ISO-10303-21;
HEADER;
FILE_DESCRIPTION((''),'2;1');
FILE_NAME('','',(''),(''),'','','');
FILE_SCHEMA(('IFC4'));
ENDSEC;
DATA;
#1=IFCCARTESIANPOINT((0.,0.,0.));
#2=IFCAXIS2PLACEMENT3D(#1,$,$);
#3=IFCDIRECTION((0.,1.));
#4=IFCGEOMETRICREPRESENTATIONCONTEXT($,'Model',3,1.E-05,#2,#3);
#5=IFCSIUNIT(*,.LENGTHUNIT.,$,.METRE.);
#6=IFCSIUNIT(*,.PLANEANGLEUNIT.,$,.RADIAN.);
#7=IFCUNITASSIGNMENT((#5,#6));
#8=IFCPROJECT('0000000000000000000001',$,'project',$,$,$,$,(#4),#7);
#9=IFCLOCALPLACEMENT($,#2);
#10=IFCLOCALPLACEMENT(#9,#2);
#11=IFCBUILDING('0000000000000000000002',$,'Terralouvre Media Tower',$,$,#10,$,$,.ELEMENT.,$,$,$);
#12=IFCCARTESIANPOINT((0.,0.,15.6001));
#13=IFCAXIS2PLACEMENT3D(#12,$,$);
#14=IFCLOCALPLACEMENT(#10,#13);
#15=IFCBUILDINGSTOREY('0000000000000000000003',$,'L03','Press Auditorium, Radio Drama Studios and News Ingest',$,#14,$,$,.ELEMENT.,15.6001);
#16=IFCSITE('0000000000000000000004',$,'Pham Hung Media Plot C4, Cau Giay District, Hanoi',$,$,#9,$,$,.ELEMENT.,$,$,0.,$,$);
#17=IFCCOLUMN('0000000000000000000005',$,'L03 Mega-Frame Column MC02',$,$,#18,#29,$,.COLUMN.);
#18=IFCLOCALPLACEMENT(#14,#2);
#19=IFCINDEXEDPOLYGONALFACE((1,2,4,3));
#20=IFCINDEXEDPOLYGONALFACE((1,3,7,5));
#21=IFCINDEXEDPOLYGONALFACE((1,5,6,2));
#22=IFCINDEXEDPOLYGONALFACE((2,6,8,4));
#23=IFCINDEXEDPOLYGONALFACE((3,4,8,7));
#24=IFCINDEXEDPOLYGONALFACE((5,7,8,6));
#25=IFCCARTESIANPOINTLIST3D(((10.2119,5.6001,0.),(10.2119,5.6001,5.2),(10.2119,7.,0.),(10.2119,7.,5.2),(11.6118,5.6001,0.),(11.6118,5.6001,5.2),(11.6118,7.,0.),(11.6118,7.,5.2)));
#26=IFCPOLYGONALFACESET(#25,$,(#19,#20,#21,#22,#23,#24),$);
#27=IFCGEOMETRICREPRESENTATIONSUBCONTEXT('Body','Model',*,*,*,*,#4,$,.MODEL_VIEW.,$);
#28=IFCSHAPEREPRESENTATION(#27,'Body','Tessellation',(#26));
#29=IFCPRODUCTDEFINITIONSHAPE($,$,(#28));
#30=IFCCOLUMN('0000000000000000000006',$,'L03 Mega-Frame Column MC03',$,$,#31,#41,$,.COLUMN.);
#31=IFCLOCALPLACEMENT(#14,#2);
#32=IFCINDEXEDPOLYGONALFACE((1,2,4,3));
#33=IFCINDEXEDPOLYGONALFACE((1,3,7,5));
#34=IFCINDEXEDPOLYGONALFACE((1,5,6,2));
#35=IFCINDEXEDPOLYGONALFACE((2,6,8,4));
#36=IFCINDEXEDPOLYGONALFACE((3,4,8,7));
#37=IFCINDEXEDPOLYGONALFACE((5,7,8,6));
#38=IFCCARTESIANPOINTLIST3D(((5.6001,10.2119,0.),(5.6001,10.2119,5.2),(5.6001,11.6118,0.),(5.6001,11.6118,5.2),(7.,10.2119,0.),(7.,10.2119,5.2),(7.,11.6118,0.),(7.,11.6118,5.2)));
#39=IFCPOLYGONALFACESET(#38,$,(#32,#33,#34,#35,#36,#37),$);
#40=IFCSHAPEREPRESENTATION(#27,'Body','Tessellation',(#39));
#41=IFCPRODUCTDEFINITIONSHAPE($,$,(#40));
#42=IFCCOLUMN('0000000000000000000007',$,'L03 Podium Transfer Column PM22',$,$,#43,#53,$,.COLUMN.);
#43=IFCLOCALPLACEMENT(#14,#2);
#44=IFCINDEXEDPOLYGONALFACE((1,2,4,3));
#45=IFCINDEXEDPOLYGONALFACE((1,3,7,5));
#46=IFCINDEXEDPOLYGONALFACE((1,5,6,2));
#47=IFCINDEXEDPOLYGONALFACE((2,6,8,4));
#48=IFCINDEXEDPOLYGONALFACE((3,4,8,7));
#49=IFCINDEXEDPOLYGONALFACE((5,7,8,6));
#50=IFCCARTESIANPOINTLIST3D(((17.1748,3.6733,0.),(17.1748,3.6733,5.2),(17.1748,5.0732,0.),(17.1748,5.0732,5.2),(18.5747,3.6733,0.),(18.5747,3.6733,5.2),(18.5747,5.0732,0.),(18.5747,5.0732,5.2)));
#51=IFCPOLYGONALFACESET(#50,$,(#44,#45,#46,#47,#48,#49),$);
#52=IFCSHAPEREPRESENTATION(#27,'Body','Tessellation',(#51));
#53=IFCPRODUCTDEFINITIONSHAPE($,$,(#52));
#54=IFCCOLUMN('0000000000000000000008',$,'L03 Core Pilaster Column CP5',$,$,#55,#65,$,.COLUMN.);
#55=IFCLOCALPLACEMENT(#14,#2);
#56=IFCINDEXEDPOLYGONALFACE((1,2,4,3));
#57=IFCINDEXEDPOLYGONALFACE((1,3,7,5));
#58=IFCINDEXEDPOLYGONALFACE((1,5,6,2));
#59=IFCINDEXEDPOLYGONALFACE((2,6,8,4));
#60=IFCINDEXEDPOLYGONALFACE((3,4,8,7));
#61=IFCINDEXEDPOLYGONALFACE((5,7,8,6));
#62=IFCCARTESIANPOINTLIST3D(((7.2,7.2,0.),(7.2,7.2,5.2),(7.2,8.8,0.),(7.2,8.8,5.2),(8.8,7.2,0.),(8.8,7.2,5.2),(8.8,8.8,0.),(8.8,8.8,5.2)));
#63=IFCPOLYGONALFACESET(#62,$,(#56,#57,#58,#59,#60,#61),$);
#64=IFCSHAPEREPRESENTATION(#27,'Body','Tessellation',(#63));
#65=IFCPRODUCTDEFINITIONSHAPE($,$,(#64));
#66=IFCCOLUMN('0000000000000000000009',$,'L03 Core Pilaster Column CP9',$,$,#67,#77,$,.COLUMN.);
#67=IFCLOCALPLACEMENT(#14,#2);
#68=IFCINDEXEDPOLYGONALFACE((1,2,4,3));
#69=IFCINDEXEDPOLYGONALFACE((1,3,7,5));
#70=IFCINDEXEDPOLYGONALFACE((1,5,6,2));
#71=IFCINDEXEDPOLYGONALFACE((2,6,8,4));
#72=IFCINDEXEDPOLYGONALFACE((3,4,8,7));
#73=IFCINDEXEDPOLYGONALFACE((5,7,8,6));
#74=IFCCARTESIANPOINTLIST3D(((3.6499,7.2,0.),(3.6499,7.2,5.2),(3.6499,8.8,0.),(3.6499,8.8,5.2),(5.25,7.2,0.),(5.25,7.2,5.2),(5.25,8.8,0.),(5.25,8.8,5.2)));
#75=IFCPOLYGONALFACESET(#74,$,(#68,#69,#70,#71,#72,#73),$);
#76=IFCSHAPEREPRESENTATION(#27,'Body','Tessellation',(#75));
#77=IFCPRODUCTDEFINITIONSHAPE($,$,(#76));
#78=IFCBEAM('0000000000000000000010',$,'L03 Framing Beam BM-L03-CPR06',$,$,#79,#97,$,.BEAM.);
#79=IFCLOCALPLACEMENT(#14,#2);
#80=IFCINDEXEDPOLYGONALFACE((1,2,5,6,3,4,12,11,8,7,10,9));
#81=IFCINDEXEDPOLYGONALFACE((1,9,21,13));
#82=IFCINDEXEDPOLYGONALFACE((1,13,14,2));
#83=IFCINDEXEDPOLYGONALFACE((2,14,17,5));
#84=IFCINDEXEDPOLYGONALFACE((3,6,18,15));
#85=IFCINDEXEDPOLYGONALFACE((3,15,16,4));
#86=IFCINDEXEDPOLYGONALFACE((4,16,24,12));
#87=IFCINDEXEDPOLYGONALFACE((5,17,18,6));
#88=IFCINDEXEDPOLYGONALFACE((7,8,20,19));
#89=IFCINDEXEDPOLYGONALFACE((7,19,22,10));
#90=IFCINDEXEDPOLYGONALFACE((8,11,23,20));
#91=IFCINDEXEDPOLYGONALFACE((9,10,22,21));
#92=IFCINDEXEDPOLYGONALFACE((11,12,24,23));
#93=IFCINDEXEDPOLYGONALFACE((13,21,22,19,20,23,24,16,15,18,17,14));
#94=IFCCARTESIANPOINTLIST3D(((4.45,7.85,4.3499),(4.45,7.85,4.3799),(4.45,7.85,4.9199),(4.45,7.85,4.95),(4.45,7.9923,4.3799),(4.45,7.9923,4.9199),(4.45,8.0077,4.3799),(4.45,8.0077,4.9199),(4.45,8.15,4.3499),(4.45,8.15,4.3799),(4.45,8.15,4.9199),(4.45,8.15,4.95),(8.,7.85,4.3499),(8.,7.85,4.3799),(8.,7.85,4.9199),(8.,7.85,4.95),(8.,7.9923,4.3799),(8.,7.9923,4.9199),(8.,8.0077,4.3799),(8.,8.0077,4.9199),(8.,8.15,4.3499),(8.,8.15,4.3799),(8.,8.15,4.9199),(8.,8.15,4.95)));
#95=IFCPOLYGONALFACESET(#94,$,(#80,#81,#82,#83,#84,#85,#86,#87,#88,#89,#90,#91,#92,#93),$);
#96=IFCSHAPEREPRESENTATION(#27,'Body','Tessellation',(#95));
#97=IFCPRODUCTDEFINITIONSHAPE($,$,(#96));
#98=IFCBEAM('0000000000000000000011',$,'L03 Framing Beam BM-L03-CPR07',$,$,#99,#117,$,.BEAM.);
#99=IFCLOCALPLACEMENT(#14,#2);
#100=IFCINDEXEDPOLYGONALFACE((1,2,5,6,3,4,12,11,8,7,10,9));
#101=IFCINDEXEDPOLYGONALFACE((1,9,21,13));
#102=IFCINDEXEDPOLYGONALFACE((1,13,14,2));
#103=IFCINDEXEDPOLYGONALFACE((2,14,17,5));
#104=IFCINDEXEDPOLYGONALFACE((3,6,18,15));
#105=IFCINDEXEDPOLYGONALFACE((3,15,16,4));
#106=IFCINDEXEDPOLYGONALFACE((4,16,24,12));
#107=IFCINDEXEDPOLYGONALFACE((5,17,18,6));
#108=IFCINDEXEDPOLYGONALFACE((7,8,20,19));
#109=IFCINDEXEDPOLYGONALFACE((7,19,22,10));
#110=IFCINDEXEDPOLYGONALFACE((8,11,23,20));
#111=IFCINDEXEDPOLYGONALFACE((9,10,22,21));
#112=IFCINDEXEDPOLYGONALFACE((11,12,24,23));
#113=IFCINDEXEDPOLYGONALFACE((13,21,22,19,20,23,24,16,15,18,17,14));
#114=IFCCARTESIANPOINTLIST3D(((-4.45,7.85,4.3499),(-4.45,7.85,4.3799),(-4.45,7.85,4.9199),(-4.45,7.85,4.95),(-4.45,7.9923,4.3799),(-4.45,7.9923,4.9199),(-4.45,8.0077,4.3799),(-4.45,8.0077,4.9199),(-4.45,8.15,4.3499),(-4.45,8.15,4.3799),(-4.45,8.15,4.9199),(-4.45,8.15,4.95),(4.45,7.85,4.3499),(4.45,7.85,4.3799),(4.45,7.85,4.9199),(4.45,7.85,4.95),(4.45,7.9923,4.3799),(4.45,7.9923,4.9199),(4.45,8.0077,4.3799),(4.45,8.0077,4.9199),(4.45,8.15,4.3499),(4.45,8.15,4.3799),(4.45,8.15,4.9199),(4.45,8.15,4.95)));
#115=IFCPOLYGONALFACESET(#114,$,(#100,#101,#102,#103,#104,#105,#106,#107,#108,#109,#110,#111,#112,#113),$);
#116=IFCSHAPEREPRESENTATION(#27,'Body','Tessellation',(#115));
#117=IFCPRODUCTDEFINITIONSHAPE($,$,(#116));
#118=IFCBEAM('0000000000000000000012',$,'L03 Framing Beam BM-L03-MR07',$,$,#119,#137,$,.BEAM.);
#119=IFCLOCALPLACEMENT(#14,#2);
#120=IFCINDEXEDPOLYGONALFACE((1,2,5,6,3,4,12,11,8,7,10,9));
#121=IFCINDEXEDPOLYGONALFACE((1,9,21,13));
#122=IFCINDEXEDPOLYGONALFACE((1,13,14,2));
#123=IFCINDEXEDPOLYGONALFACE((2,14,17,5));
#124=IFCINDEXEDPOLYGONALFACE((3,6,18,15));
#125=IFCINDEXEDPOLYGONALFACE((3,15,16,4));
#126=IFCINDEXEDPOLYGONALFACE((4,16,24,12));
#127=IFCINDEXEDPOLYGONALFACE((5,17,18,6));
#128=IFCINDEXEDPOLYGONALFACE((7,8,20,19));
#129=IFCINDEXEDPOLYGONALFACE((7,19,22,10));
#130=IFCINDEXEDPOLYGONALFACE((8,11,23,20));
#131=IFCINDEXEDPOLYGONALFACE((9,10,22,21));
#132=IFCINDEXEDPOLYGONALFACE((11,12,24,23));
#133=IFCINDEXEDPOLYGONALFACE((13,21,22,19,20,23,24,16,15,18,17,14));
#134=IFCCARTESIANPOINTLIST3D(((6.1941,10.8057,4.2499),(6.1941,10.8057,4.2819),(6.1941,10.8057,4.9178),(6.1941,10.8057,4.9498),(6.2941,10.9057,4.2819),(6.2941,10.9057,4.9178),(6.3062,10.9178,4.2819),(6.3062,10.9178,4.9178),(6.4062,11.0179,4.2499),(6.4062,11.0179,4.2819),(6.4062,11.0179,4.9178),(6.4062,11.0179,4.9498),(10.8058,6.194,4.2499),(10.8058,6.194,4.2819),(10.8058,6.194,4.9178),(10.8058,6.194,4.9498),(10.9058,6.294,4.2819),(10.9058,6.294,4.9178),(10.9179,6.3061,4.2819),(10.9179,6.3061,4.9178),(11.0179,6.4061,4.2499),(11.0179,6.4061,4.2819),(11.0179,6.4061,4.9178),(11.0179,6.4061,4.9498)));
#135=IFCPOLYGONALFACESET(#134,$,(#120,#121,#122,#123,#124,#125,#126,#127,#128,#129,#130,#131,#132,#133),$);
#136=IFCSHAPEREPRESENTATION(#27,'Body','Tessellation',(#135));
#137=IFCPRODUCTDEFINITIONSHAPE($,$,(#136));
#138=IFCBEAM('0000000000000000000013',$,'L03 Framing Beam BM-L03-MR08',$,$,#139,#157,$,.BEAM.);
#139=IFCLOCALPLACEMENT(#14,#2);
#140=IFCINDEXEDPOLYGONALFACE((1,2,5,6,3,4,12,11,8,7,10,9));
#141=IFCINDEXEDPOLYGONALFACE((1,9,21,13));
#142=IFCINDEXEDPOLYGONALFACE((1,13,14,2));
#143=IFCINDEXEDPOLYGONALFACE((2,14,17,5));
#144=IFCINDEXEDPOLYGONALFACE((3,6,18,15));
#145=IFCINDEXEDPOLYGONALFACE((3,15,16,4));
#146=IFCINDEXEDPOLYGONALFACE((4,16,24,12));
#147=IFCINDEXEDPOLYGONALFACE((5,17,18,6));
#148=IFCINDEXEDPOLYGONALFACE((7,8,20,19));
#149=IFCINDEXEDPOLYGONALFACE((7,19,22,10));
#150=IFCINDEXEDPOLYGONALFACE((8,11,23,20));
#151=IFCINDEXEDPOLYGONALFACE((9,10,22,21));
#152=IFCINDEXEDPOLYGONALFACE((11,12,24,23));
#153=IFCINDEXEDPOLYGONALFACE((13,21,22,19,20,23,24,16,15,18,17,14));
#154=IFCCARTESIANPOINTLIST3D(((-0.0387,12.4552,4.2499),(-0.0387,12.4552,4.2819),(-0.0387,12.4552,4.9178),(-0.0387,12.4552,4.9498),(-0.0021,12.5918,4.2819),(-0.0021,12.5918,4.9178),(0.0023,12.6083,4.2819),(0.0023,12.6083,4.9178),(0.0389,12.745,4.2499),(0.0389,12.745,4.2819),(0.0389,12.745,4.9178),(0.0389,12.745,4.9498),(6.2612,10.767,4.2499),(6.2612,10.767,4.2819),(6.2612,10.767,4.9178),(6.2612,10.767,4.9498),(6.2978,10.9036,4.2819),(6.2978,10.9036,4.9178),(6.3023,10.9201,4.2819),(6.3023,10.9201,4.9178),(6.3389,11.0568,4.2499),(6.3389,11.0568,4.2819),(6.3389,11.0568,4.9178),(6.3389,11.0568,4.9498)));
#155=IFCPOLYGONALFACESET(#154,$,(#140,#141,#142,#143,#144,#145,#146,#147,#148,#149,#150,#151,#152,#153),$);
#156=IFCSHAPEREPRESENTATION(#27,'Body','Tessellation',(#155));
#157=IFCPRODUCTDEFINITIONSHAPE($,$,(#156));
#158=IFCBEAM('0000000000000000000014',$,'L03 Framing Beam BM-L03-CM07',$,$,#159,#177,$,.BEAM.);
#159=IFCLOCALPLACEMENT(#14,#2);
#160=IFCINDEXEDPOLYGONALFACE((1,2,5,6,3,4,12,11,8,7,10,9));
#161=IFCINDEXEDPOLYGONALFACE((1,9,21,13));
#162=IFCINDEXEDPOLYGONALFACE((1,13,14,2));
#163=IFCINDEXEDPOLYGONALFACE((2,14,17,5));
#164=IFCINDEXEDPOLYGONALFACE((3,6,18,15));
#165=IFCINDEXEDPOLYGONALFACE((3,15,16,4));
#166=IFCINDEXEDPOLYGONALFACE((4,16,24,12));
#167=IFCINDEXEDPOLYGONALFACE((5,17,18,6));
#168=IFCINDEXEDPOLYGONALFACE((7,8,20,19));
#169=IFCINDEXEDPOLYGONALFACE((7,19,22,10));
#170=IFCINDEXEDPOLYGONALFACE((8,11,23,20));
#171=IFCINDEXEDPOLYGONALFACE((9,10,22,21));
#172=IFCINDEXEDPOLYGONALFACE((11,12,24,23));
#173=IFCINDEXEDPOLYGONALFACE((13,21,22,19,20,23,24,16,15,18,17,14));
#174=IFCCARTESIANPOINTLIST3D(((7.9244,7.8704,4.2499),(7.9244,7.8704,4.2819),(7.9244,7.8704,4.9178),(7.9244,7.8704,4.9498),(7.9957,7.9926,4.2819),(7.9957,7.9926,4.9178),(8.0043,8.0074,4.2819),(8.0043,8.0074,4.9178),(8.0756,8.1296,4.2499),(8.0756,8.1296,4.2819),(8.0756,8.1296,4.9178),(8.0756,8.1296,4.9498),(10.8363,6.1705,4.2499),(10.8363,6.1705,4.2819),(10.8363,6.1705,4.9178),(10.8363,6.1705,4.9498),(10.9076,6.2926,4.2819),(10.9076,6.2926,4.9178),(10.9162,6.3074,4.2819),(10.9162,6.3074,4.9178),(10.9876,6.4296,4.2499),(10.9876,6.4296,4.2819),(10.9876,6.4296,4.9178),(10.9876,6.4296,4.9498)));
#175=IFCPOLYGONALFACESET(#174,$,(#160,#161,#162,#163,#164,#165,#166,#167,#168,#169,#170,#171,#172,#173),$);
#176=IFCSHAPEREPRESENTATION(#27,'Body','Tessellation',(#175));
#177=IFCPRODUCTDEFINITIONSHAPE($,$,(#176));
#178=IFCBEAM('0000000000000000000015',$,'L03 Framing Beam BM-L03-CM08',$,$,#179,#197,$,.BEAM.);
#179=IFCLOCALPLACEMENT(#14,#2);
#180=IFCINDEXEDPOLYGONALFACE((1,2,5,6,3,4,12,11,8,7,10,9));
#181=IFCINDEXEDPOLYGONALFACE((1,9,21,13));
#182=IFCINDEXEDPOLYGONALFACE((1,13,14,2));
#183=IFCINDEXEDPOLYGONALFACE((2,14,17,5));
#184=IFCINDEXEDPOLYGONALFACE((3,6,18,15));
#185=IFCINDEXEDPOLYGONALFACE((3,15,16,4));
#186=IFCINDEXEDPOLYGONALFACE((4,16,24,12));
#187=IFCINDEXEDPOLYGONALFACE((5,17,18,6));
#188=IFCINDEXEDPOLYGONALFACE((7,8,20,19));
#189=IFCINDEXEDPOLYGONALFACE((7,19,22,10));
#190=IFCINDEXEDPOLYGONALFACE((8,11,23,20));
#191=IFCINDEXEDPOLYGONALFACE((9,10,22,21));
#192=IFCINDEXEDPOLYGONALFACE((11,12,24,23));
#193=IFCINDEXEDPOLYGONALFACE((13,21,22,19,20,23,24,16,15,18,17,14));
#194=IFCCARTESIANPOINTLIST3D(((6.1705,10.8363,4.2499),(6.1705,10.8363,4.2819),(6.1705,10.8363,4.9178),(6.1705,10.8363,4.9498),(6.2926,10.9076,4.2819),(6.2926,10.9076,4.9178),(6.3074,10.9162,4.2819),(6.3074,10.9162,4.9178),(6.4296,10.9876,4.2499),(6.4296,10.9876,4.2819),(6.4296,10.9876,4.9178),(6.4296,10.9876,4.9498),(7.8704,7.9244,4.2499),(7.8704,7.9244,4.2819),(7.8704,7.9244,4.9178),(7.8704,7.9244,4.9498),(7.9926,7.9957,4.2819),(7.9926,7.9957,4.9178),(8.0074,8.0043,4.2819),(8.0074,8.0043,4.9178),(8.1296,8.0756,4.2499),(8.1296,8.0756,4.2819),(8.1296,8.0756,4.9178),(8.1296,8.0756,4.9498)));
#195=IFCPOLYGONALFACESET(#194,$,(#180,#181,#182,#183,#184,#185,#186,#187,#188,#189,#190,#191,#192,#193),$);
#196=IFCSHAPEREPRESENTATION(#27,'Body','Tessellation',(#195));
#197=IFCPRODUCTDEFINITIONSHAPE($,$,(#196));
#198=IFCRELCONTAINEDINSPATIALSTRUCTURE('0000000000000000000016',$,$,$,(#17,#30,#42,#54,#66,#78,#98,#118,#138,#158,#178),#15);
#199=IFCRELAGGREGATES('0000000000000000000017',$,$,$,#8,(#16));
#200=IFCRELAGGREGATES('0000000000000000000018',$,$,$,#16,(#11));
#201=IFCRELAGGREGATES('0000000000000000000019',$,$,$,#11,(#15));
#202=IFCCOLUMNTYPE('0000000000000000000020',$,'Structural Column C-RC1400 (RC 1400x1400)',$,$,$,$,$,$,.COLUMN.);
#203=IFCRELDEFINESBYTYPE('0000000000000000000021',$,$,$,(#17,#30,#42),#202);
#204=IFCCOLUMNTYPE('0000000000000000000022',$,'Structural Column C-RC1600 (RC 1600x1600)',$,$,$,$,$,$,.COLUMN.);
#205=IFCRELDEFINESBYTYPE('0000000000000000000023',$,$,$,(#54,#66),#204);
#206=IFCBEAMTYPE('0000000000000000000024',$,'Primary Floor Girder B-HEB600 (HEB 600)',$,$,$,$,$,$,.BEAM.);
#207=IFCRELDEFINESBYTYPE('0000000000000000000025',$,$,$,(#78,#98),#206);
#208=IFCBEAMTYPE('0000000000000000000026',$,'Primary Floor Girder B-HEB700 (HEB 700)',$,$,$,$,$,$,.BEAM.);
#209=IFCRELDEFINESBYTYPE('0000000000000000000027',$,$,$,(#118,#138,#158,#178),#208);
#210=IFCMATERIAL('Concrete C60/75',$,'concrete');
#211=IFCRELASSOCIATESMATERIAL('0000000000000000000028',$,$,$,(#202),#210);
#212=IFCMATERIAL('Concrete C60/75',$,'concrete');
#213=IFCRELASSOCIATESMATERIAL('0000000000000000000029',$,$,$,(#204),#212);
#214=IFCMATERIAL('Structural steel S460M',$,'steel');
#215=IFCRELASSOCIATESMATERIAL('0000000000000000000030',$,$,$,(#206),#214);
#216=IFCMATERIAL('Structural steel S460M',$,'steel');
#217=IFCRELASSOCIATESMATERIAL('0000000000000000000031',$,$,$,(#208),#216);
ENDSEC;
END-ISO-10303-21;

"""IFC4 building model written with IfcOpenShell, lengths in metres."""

from ifc_helpers import new_model, si_unit, direction, frame, origin, origin_2d, place, context, subcontext, project, spatial, rectangle, i_section, extrude, material, material_profile, profile_set, type_object, element, save


model = new_model("IFC4")

# Units and contexts
model_context = context("Model", 3, precision=1e-05, world=origin(), true_north=direction((0.0, 1.0)))
body_context = subcontext(model_context, "Body", "Model", "MODEL_VIEW")
ifc_project = project(units=[si_unit("LENGTHUNIT", "METRE"), si_unit("PLANEANGLEUNIT", "RADIAN")], contexts=[model_context])

# Site, building, storey
site_placement = place(None, origin())
site = spatial("IfcSite", under=ifc_project, at=site_placement, Name="Pham Hung Media Plot C4, Cau Giay District, Hanoi", CompositionType="ELEMENT", RefElevation=0.0)
building_placement = place(site_placement, origin())
building = spatial("IfcBuilding", under=site, at=building_placement, Name="Terralouvre Media Tower", CompositionType="ELEMENT")
storey_placement = place(building_placement, frame((0.0, 0.0, 15.6001)))
storey = spatial("IfcBuildingStorey", under=building, at=storey_placement, Name="L03", Description="Press Auditorium, Radio Drama Studios and News Ingest", CompositionType="ELEMENT", Elevation=15.6001)

# Columns
ifc_material_1 = material(Name="Concrete C60/75", Category="concrete")
ifc_material_profile_1 = material_profile(ifc_material_1, rectangle(XDim=1.3999, YDim=1.3999, at=origin_2d()), Name="RC 1400x1400")
ifc_profile_set_1 = profile_set([ifc_material_profile_1], Name="Concrete C60/75")
column_type_1 = type_object("IfcColumnType", Name="Structural Column C-RC1400 (RC 1400x1400)", PredefinedType="COLUMN", material=ifc_profile_set_1)
for number, where, z_axis, x_axis, name in (
    (1, (10.9119, 6.3, 0.0), (0.0, 0.0, 1.0), (1.0, 0.0, 0.0), "L03 Mega-Frame Column MC02"),
    (2, (6.3, 10.9119, 0.0), (0.0, 0.0, 1.0), (1.0, 0.0, 0.0), "L03 Mega-Frame Column MC03"),
    (3, (17.8748, 4.3733, 0.0), (0.0, 0.0, 1.0), (1.0, 0.0, 0.0), "L03 Podium Transfer Column PM22"),
):
    element("IfcColumn", number, at=place(storey_placement, frame(where, z_axis=z_axis, x_axis=x_axis)), inside=storey, type_object=column_type_1, Name=name, PredefinedType="COLUMN", context=body_context, shape_type="SweptSolid", body=[
        extrude(rectangle(XDim=1.3999, YDim=1.3999, at=origin_2d()), origin(), (0.0, 0.0, 1.0), 5.2),
    ])
ifc_material_2 = material(Name="Concrete C60/75", Category="concrete")
ifc_material_profile_2 = material_profile(ifc_material_2, rectangle(XDim=1.6001, YDim=1.6001, at=origin_2d()), Name="RC 1600x1600")
ifc_profile_set_2 = profile_set([ifc_material_profile_2], Name="Concrete C60/75")
column_type_2 = type_object("IfcColumnType", Name="Structural Column C-RC1600 (RC 1600x1600)", PredefinedType="COLUMN", material=ifc_profile_set_2)
for number, where, z_axis, x_axis, name in (
    (4, (8.0, 8.0, 0.0), (0.0, 0.0, 1.0), (1.0, 0.0, 0.0), "L03 Core Pilaster Column CP5"),
    (5, (4.45, 8.0, 0.0), (0.0, 0.0, 1.0), (1.0, 0.0, 0.0), "L03 Core Pilaster Column CP9"),
):
    element("IfcColumn", number, at=place(storey_placement, frame(where, z_axis=z_axis, x_axis=x_axis)), inside=storey, type_object=column_type_2, Name=name, PredefinedType="COLUMN", context=body_context, shape_type="SweptSolid", body=[
        extrude(rectangle(XDim=1.6001, YDim=1.6001, at=origin_2d()), origin(), (0.0, 0.0, 1.0), 5.2),
    ])

# Beams
ifc_material_3 = material(Name="Structural steel S460M", Category="steel")
ifc_material_profile_3 = material_profile(ifc_material_3, i_section(OverallWidth=0.3, OverallDepth=0.6001, WebThickness=0.0154, FlangeThickness=0.03, at=origin_2d()), Name="HEB 600")
ifc_profile_set_3 = profile_set([ifc_material_profile_3], Name="Structural steel S460M")
beam_type_1 = type_object("IfcBeamType", Name="Primary Floor Girder B-HEB600 (HEB 600)", PredefinedType="BEAM", material=ifc_profile_set_3)
beam_1_placement = place(storey_placement, frame((8.0, 8.0, 4.6499), z_axis=(-1.0, 0.0, 0.0), x_axis=(0.0, -1.0, 0.0)))
element("IfcBeam", 6, at=beam_1_placement, inside=storey, type_object=beam_type_1, Name="L03 Framing Beam BM-L03-CPR06", PredefinedType="BEAM", context=body_context, shape_type="SweptSolid", body=[
    extrude(i_section(OverallWidth=0.3, OverallDepth=0.6001, WebThickness=0.0154, FlangeThickness=0.03, at=origin_2d()), origin(), (0.0, 0.0, 1.0), 3.55),
])
beam_2_placement = place(storey_placement, frame((4.45, 8.0, 4.6499), z_axis=(-1.0, 0.0, 0.0), x_axis=(0.0, -1.0, 0.0)))
element("IfcBeam", 7, at=beam_2_placement, inside=storey, type_object=beam_type_1, Name="L03 Framing Beam BM-L03-CPR07", PredefinedType="BEAM", context=body_context, shape_type="SweptSolid", body=[
    extrude(i_section(OverallWidth=0.3, OverallDepth=0.6001, WebThickness=0.0154, FlangeThickness=0.03, at=origin_2d()), origin(), (0.0, 0.0, 1.0), 8.8999),
])
ifc_material_4 = material(Name="Structural steel S460M", Category="steel")
ifc_material_profile_4 = material_profile(ifc_material_4, i_section(OverallWidth=0.3, OverallDepth=0.7, WebThickness=0.0171, FlangeThickness=0.032, at=origin_2d()), Name="HEB 700")
ifc_profile_set_4 = profile_set([ifc_material_profile_4], Name="Structural steel S460M")
beam_type_2 = type_object("IfcBeamType", Name="Primary Floor Girder B-HEB700 (HEB 700)", PredefinedType="BEAM", material=ifc_profile_set_4)
beam_3_placement = place(storey_placement, frame((10.9119, 6.3, 4.5999), z_axis=(-0.707107, 0.707107, 0.0), x_axis=(-0.707107, -0.707107, 0.0)))
element("IfcBeam", 8, at=beam_3_placement, inside=storey, type_object=beam_type_2, Name="L03 Framing Beam BM-L03-MR07", PredefinedType="BEAM", context=body_context, shape_type="SweptSolid", body=[
    extrude(i_section(OverallWidth=0.3, OverallDepth=0.7, WebThickness=0.0171, FlangeThickness=0.032, at=origin_2d()), origin(), (0.0, 0.0, 1.0), 6.522),
])
beam_4_placement = place(storey_placement, frame((6.3, 10.9119, 4.5999), z_axis=(-0.96592, 0.258839, 0.0), x_axis=(-0.258839, -0.96592, 0.0)))
element("IfcBeam", 9, at=beam_4_placement, inside=storey, type_object=beam_type_2, Name="L03 Framing Beam BM-L03-MR08", PredefinedType="BEAM", context=body_context, shape_type="SweptSolid", body=[
    extrude(i_section(OverallWidth=0.3, OverallDepth=0.7, WebThickness=0.0171, FlangeThickness=0.032, at=origin_2d()), origin(), (0.0, 0.0, 1.0), 6.5222),
])
for number, where, z_axis, x_axis, name in (
    (10, (8.0, 8.0, 4.5999), (0.863603, -0.504173, 0.0), (0.504173, 0.863603, 0.0), "L03 Framing Beam BM-L03-CM07"),
    (11, (8.0, 8.0, 4.5999), (-0.504173, 0.863603, 0.0), (-0.863603, -0.504173, 0.0), "L03 Framing Beam BM-L03-CM08"),
):
    element("IfcBeam", number, at=place(storey_placement, frame(where, z_axis=z_axis, x_axis=x_axis)), inside=storey, type_object=beam_type_2, Name=name, PredefinedType="BEAM", context=body_context, shape_type="SweptSolid", body=[
        extrude(i_section(OverallWidth=0.3, OverallDepth=0.7, WebThickness=0.0171, FlangeThickness=0.032, at=origin_2d()), origin(), (0.0, 0.0, 1.0), 3.3718),
    ])

save(model, "model.ifc")
